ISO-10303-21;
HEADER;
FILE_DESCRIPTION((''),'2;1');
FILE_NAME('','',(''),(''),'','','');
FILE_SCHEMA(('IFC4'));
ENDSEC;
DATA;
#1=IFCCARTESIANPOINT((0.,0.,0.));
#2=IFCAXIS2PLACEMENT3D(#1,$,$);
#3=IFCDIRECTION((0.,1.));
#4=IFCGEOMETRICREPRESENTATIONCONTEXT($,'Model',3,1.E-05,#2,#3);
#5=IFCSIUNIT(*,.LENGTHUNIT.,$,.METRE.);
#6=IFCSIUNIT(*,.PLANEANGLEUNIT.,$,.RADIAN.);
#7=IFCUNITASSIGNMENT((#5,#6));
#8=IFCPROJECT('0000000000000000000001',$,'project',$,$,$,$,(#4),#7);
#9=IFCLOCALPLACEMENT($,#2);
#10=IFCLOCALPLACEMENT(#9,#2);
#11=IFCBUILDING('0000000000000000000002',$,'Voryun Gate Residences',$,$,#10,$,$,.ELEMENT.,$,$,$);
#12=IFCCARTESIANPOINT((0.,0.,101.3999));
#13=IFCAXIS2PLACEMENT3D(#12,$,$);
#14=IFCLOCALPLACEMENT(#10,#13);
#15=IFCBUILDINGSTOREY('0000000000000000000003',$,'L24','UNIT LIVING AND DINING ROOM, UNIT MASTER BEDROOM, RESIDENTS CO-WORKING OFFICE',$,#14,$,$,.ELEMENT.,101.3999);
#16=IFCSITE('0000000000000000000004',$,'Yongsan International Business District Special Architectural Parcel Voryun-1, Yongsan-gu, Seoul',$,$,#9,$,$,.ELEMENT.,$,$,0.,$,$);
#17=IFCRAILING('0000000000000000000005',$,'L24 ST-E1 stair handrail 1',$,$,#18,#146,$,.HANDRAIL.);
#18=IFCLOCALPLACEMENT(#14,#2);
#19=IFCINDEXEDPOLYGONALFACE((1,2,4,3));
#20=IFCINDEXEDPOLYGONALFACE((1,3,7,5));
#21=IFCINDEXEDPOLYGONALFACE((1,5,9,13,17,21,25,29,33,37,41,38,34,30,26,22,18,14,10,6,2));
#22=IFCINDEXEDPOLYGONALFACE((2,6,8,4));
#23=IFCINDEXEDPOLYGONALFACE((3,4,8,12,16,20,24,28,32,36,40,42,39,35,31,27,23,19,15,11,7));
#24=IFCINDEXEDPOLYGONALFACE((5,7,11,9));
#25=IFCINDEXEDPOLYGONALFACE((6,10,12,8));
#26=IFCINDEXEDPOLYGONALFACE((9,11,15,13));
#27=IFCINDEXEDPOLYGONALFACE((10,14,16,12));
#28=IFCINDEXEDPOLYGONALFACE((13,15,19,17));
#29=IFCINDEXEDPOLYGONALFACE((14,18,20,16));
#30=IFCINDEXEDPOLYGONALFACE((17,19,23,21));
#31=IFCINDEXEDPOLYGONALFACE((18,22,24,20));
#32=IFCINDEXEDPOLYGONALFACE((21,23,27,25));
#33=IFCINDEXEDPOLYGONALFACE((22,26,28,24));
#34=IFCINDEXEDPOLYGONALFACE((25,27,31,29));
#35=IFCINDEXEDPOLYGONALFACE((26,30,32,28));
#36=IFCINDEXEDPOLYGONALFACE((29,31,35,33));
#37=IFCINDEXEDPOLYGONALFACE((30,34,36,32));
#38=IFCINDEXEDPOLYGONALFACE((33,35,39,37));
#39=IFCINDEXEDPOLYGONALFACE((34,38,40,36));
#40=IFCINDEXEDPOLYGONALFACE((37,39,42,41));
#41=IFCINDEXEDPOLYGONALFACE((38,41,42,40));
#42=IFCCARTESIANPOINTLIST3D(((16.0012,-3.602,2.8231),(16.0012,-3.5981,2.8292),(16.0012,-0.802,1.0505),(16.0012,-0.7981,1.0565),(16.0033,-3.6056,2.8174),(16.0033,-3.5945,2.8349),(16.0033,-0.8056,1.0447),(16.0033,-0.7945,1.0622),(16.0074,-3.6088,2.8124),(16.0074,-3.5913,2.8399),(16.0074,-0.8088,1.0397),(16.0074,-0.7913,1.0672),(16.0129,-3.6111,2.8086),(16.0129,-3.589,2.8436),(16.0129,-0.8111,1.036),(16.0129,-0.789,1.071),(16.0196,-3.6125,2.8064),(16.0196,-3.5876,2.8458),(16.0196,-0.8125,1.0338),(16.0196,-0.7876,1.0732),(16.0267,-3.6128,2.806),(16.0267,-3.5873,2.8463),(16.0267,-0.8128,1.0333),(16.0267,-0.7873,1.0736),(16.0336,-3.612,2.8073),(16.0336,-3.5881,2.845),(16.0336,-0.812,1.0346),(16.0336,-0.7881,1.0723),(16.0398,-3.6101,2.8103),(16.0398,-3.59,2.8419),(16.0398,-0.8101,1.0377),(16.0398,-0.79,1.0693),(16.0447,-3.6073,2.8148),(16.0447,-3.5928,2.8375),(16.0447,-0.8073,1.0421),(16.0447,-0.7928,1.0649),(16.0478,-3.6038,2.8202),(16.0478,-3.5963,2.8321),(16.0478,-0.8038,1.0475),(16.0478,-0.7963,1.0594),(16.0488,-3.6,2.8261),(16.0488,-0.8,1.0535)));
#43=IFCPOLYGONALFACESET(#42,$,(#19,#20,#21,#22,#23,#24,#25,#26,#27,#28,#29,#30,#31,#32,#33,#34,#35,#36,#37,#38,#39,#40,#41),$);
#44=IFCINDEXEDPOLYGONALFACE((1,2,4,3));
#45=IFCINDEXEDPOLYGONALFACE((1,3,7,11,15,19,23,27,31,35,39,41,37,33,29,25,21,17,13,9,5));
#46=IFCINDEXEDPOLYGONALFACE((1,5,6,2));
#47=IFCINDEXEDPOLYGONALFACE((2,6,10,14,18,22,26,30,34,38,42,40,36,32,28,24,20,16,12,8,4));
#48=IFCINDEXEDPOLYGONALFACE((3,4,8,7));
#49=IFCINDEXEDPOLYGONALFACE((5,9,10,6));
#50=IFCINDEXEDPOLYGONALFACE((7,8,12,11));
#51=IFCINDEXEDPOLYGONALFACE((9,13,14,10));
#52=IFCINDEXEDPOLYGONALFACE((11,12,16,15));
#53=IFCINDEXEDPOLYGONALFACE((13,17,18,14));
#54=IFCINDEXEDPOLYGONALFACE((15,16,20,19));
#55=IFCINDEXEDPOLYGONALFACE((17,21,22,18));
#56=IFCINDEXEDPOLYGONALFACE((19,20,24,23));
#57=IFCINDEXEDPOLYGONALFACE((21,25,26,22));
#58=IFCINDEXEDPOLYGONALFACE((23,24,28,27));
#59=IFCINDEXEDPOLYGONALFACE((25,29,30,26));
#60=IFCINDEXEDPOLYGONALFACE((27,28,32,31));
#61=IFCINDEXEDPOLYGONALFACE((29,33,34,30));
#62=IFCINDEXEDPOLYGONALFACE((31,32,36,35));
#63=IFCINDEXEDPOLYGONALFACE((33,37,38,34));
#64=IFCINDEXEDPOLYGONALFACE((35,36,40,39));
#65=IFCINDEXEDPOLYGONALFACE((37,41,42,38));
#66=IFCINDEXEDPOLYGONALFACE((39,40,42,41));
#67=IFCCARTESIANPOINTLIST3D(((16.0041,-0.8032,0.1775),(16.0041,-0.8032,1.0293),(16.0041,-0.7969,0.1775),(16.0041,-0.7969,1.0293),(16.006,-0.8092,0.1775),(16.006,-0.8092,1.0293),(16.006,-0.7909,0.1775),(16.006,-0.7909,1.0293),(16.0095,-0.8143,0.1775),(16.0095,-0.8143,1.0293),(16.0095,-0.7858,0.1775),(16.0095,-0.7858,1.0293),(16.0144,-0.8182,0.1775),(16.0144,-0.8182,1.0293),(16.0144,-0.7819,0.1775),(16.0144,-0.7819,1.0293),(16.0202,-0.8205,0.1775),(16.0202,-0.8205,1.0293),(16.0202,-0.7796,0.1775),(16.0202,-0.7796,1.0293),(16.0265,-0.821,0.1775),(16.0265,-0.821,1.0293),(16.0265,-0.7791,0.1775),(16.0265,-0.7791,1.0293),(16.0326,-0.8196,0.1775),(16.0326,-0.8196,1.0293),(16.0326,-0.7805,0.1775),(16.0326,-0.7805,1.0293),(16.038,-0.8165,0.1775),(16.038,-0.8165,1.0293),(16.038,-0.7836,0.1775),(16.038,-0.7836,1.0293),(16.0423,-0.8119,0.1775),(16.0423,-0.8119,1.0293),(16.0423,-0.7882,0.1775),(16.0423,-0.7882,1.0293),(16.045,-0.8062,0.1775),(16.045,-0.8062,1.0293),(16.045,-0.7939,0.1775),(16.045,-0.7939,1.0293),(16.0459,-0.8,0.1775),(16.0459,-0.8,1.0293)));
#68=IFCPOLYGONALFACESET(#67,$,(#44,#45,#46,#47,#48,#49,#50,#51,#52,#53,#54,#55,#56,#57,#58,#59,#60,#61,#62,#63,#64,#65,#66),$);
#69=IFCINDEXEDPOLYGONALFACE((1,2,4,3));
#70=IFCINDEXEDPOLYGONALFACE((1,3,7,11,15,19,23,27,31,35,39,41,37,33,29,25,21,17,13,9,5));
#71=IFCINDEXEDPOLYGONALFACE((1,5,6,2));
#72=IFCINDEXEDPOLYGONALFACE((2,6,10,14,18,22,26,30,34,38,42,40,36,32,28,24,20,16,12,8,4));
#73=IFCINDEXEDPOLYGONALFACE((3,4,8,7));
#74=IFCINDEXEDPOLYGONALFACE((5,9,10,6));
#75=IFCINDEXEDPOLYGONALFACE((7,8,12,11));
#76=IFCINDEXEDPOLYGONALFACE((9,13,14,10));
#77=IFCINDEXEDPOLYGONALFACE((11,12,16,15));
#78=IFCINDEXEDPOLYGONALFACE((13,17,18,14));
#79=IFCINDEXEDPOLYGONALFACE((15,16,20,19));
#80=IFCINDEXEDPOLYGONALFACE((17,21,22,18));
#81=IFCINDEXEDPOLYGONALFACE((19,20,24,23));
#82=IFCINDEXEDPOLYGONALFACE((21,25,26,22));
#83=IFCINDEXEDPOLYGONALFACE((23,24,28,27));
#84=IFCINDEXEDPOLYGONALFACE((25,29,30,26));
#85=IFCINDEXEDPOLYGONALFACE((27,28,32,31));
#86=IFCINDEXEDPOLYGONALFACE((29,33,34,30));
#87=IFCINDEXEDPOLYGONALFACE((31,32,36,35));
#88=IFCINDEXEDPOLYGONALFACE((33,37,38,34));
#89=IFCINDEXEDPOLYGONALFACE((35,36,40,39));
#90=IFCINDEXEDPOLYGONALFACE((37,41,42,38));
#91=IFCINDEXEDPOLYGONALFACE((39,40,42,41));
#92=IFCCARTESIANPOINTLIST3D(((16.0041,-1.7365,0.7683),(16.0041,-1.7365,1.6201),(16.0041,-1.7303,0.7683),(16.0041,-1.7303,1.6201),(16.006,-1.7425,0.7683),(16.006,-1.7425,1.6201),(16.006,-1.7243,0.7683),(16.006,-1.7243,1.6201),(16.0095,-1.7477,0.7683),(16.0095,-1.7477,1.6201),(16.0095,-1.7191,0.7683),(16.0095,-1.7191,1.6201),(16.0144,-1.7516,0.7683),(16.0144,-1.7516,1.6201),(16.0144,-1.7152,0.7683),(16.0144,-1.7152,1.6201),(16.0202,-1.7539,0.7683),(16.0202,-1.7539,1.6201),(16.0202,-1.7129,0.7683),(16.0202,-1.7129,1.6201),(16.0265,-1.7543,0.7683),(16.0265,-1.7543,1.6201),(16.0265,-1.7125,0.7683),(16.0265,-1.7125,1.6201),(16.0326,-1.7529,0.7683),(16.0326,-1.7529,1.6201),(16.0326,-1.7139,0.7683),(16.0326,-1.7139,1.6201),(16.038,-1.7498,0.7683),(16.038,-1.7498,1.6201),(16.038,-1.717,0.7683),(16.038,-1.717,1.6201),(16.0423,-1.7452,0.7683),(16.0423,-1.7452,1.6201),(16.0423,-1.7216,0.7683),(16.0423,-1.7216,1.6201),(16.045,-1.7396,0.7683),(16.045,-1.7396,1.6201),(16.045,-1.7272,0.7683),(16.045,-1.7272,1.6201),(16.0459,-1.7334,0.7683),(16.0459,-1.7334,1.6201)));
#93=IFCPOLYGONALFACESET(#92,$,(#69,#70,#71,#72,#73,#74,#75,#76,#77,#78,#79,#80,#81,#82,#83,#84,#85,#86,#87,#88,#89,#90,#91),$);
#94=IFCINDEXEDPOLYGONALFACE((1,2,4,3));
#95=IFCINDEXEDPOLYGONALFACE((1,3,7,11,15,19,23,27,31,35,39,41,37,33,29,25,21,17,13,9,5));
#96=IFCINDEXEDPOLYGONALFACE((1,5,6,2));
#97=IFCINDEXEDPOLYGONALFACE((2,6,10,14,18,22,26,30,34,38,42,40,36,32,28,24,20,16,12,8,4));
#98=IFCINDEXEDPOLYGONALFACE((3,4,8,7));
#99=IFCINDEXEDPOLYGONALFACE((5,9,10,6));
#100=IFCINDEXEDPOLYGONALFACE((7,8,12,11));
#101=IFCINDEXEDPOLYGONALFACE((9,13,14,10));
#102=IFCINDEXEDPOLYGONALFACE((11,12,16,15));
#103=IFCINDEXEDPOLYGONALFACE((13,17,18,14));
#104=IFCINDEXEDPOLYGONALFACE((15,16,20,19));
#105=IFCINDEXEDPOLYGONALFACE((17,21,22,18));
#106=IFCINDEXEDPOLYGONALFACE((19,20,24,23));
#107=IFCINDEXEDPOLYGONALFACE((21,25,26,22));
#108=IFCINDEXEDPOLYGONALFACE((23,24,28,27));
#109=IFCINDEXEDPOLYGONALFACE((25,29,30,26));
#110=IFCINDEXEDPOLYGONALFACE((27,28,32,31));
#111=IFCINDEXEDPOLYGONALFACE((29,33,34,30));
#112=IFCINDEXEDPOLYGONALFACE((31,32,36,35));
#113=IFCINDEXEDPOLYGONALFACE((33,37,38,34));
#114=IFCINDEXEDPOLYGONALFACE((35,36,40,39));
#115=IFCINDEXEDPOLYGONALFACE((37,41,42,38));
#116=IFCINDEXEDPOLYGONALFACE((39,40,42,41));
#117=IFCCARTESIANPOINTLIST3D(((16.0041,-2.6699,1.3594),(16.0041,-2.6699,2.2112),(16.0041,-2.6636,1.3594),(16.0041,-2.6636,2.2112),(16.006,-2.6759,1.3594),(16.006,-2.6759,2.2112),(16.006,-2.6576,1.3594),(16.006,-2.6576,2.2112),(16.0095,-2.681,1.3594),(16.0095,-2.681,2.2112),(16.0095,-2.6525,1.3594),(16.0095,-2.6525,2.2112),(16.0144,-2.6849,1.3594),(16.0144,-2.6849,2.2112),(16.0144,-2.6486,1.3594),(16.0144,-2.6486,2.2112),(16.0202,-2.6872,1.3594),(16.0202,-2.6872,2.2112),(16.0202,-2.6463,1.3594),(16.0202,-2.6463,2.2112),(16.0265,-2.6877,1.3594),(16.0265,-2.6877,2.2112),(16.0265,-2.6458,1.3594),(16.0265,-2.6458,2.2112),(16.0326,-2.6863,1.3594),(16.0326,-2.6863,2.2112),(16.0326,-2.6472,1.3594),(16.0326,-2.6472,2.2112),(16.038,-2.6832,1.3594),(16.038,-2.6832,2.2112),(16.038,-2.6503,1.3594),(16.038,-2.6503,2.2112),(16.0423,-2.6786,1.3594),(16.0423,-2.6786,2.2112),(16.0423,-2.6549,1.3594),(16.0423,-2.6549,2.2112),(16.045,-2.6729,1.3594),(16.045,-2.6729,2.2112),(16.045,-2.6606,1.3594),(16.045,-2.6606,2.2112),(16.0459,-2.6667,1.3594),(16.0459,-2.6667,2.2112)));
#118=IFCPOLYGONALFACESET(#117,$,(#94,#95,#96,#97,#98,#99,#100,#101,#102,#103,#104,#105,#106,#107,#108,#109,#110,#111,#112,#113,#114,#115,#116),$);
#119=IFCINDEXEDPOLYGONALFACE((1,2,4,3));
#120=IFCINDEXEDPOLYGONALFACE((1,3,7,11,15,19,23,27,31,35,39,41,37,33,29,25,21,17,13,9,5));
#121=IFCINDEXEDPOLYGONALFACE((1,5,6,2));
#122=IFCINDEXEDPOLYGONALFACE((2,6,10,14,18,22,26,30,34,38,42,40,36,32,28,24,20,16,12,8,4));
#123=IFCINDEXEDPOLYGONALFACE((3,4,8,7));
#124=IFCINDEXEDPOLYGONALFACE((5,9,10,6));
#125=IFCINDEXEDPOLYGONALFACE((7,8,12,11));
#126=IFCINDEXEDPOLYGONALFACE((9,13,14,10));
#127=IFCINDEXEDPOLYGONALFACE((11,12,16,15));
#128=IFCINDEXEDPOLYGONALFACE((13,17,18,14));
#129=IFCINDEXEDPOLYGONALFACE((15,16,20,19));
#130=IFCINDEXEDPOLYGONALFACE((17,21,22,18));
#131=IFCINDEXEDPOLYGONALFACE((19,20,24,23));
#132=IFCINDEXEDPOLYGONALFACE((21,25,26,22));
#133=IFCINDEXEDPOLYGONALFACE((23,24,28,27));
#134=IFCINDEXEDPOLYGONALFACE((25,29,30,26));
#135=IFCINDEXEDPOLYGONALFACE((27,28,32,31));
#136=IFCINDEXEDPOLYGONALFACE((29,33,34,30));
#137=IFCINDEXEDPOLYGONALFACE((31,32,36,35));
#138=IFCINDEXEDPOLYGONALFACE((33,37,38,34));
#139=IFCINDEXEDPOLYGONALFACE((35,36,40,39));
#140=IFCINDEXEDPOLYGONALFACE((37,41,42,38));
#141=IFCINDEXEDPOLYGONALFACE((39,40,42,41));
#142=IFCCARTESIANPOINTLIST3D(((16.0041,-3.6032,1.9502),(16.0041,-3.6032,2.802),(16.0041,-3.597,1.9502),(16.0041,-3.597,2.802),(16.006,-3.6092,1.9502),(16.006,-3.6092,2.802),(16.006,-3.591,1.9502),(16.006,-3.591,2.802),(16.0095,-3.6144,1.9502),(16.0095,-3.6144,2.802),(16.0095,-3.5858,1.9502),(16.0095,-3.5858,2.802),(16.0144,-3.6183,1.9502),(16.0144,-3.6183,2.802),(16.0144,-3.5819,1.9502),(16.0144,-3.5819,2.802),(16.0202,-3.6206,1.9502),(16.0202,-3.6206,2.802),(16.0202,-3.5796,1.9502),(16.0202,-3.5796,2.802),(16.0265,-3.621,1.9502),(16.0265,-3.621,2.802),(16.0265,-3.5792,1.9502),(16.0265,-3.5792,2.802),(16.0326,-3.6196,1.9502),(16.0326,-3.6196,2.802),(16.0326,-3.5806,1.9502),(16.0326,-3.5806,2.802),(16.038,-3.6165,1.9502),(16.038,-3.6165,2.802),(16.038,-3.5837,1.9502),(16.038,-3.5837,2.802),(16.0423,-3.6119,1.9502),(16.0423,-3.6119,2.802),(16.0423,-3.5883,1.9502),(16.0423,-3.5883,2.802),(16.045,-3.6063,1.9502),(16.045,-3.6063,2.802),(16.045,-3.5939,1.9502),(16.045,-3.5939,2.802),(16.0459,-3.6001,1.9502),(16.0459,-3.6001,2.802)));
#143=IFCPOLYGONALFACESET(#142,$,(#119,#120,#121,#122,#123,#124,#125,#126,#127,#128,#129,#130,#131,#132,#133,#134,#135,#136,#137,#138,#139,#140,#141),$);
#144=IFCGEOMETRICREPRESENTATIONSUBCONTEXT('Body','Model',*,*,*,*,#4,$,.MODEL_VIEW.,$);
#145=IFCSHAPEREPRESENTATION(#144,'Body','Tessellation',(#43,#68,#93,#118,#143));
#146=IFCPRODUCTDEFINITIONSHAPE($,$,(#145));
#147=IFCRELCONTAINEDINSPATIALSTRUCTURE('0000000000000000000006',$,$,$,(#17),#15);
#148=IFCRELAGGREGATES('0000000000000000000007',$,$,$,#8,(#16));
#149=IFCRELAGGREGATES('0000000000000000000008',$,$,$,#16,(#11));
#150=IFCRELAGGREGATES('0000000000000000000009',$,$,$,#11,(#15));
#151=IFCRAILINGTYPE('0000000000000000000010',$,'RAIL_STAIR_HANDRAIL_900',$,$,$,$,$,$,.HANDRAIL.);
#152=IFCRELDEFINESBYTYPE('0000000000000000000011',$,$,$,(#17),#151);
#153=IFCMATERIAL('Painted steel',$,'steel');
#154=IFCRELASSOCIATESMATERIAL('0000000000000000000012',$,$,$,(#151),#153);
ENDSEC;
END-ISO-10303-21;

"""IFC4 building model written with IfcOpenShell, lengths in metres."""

from ifc_helpers import new_model, si_unit, direction, frame, origin, origin_2d, place, context, subcontext, project, spatial, circle, extrude, material, type_object, element, save


model = new_model("IFC4")

# Units and contexts
model_context = context("Model", 3, precision=1e-05, world=origin(), true_north=direction((0.0, 1.0)))
body_context = subcontext(model_context, "Body", "Model", "MODEL_VIEW")
ifc_project = project(units=[si_unit("LENGTHUNIT", "METRE"), si_unit("PLANEANGLEUNIT", "RADIAN")], contexts=[model_context])

# Site, building, storey
site_placement = place(None, origin())
site = spatial("IfcSite", under=ifc_project, at=site_placement, Name="Yongsan International Business District Special Architectural Parcel Voryun-1, Yongsan-gu, Seoul", CompositionType="ELEMENT", RefElevation=0.0)
building_placement = place(site_placement, origin())
building = spatial("IfcBuilding", under=site, at=building_placement, Name="Voryun Gate Residences", CompositionType="ELEMENT")
storey_placement = place(building_placement, frame((0.0, 0.0, 101.3999)))
storey = spatial("IfcBuildingStorey", under=building, at=storey_placement, Name="L24", Description="UNIT LIVING AND DINING ROOM, UNIT MASTER BEDROOM, RESIDENTS CO-WORKING OFFICE", CompositionType="ELEMENT", Elevation=101.3999)

# Railing
ifc_material_1 = material(Name="Painted steel", Category="steel")
railing_type_1 = type_object("IfcRailingType", Name="RAIL_STAIR_HANDRAIL_900", PredefinedType="HANDRAIL", material=ifc_material_1)
railing_1_placement = place(storey_placement, frame((16.0249, -0.8, 0.1775)))
element("IfcRailing", 1, at=railing_1_placement, inside=storey, type_object=railing_type_1, Name="L24 ST-E1 stair handrail 1", PredefinedType="HANDRAIL", context=body_context, shape_type="SweptSolid", body=[
    extrude(circle(Radius=0.0239, at=origin_2d()), frame((0.0, 0.0, 0.876), z_axis=(0.0, -0.844909, 0.53491), x_axis=(1.0, 0.0, 0.0)), (0.0, 0.0, 1.0), 3.314),
    extrude(circle(Radius=0.021, at=origin_2d()), origin(), (0.0, 0.0, 1.0), 0.8518),
    extrude(circle(Radius=0.021, at=origin_2d()), frame((0.0, -0.9333, 0.5908)), (0.0, 0.0, 1.0), 0.8518),
    extrude(circle(Radius=0.021, at=origin_2d()), frame((0.0, -1.8667, 1.1819)), (0.0, 0.0, 1.0), 0.8518),
    extrude(circle(Radius=0.021, at=origin_2d()), frame((0.0, -2.8, 1.7727)), (0.0, 0.0, 1.0), 0.8518),
])

save(model, "model.ifc")
